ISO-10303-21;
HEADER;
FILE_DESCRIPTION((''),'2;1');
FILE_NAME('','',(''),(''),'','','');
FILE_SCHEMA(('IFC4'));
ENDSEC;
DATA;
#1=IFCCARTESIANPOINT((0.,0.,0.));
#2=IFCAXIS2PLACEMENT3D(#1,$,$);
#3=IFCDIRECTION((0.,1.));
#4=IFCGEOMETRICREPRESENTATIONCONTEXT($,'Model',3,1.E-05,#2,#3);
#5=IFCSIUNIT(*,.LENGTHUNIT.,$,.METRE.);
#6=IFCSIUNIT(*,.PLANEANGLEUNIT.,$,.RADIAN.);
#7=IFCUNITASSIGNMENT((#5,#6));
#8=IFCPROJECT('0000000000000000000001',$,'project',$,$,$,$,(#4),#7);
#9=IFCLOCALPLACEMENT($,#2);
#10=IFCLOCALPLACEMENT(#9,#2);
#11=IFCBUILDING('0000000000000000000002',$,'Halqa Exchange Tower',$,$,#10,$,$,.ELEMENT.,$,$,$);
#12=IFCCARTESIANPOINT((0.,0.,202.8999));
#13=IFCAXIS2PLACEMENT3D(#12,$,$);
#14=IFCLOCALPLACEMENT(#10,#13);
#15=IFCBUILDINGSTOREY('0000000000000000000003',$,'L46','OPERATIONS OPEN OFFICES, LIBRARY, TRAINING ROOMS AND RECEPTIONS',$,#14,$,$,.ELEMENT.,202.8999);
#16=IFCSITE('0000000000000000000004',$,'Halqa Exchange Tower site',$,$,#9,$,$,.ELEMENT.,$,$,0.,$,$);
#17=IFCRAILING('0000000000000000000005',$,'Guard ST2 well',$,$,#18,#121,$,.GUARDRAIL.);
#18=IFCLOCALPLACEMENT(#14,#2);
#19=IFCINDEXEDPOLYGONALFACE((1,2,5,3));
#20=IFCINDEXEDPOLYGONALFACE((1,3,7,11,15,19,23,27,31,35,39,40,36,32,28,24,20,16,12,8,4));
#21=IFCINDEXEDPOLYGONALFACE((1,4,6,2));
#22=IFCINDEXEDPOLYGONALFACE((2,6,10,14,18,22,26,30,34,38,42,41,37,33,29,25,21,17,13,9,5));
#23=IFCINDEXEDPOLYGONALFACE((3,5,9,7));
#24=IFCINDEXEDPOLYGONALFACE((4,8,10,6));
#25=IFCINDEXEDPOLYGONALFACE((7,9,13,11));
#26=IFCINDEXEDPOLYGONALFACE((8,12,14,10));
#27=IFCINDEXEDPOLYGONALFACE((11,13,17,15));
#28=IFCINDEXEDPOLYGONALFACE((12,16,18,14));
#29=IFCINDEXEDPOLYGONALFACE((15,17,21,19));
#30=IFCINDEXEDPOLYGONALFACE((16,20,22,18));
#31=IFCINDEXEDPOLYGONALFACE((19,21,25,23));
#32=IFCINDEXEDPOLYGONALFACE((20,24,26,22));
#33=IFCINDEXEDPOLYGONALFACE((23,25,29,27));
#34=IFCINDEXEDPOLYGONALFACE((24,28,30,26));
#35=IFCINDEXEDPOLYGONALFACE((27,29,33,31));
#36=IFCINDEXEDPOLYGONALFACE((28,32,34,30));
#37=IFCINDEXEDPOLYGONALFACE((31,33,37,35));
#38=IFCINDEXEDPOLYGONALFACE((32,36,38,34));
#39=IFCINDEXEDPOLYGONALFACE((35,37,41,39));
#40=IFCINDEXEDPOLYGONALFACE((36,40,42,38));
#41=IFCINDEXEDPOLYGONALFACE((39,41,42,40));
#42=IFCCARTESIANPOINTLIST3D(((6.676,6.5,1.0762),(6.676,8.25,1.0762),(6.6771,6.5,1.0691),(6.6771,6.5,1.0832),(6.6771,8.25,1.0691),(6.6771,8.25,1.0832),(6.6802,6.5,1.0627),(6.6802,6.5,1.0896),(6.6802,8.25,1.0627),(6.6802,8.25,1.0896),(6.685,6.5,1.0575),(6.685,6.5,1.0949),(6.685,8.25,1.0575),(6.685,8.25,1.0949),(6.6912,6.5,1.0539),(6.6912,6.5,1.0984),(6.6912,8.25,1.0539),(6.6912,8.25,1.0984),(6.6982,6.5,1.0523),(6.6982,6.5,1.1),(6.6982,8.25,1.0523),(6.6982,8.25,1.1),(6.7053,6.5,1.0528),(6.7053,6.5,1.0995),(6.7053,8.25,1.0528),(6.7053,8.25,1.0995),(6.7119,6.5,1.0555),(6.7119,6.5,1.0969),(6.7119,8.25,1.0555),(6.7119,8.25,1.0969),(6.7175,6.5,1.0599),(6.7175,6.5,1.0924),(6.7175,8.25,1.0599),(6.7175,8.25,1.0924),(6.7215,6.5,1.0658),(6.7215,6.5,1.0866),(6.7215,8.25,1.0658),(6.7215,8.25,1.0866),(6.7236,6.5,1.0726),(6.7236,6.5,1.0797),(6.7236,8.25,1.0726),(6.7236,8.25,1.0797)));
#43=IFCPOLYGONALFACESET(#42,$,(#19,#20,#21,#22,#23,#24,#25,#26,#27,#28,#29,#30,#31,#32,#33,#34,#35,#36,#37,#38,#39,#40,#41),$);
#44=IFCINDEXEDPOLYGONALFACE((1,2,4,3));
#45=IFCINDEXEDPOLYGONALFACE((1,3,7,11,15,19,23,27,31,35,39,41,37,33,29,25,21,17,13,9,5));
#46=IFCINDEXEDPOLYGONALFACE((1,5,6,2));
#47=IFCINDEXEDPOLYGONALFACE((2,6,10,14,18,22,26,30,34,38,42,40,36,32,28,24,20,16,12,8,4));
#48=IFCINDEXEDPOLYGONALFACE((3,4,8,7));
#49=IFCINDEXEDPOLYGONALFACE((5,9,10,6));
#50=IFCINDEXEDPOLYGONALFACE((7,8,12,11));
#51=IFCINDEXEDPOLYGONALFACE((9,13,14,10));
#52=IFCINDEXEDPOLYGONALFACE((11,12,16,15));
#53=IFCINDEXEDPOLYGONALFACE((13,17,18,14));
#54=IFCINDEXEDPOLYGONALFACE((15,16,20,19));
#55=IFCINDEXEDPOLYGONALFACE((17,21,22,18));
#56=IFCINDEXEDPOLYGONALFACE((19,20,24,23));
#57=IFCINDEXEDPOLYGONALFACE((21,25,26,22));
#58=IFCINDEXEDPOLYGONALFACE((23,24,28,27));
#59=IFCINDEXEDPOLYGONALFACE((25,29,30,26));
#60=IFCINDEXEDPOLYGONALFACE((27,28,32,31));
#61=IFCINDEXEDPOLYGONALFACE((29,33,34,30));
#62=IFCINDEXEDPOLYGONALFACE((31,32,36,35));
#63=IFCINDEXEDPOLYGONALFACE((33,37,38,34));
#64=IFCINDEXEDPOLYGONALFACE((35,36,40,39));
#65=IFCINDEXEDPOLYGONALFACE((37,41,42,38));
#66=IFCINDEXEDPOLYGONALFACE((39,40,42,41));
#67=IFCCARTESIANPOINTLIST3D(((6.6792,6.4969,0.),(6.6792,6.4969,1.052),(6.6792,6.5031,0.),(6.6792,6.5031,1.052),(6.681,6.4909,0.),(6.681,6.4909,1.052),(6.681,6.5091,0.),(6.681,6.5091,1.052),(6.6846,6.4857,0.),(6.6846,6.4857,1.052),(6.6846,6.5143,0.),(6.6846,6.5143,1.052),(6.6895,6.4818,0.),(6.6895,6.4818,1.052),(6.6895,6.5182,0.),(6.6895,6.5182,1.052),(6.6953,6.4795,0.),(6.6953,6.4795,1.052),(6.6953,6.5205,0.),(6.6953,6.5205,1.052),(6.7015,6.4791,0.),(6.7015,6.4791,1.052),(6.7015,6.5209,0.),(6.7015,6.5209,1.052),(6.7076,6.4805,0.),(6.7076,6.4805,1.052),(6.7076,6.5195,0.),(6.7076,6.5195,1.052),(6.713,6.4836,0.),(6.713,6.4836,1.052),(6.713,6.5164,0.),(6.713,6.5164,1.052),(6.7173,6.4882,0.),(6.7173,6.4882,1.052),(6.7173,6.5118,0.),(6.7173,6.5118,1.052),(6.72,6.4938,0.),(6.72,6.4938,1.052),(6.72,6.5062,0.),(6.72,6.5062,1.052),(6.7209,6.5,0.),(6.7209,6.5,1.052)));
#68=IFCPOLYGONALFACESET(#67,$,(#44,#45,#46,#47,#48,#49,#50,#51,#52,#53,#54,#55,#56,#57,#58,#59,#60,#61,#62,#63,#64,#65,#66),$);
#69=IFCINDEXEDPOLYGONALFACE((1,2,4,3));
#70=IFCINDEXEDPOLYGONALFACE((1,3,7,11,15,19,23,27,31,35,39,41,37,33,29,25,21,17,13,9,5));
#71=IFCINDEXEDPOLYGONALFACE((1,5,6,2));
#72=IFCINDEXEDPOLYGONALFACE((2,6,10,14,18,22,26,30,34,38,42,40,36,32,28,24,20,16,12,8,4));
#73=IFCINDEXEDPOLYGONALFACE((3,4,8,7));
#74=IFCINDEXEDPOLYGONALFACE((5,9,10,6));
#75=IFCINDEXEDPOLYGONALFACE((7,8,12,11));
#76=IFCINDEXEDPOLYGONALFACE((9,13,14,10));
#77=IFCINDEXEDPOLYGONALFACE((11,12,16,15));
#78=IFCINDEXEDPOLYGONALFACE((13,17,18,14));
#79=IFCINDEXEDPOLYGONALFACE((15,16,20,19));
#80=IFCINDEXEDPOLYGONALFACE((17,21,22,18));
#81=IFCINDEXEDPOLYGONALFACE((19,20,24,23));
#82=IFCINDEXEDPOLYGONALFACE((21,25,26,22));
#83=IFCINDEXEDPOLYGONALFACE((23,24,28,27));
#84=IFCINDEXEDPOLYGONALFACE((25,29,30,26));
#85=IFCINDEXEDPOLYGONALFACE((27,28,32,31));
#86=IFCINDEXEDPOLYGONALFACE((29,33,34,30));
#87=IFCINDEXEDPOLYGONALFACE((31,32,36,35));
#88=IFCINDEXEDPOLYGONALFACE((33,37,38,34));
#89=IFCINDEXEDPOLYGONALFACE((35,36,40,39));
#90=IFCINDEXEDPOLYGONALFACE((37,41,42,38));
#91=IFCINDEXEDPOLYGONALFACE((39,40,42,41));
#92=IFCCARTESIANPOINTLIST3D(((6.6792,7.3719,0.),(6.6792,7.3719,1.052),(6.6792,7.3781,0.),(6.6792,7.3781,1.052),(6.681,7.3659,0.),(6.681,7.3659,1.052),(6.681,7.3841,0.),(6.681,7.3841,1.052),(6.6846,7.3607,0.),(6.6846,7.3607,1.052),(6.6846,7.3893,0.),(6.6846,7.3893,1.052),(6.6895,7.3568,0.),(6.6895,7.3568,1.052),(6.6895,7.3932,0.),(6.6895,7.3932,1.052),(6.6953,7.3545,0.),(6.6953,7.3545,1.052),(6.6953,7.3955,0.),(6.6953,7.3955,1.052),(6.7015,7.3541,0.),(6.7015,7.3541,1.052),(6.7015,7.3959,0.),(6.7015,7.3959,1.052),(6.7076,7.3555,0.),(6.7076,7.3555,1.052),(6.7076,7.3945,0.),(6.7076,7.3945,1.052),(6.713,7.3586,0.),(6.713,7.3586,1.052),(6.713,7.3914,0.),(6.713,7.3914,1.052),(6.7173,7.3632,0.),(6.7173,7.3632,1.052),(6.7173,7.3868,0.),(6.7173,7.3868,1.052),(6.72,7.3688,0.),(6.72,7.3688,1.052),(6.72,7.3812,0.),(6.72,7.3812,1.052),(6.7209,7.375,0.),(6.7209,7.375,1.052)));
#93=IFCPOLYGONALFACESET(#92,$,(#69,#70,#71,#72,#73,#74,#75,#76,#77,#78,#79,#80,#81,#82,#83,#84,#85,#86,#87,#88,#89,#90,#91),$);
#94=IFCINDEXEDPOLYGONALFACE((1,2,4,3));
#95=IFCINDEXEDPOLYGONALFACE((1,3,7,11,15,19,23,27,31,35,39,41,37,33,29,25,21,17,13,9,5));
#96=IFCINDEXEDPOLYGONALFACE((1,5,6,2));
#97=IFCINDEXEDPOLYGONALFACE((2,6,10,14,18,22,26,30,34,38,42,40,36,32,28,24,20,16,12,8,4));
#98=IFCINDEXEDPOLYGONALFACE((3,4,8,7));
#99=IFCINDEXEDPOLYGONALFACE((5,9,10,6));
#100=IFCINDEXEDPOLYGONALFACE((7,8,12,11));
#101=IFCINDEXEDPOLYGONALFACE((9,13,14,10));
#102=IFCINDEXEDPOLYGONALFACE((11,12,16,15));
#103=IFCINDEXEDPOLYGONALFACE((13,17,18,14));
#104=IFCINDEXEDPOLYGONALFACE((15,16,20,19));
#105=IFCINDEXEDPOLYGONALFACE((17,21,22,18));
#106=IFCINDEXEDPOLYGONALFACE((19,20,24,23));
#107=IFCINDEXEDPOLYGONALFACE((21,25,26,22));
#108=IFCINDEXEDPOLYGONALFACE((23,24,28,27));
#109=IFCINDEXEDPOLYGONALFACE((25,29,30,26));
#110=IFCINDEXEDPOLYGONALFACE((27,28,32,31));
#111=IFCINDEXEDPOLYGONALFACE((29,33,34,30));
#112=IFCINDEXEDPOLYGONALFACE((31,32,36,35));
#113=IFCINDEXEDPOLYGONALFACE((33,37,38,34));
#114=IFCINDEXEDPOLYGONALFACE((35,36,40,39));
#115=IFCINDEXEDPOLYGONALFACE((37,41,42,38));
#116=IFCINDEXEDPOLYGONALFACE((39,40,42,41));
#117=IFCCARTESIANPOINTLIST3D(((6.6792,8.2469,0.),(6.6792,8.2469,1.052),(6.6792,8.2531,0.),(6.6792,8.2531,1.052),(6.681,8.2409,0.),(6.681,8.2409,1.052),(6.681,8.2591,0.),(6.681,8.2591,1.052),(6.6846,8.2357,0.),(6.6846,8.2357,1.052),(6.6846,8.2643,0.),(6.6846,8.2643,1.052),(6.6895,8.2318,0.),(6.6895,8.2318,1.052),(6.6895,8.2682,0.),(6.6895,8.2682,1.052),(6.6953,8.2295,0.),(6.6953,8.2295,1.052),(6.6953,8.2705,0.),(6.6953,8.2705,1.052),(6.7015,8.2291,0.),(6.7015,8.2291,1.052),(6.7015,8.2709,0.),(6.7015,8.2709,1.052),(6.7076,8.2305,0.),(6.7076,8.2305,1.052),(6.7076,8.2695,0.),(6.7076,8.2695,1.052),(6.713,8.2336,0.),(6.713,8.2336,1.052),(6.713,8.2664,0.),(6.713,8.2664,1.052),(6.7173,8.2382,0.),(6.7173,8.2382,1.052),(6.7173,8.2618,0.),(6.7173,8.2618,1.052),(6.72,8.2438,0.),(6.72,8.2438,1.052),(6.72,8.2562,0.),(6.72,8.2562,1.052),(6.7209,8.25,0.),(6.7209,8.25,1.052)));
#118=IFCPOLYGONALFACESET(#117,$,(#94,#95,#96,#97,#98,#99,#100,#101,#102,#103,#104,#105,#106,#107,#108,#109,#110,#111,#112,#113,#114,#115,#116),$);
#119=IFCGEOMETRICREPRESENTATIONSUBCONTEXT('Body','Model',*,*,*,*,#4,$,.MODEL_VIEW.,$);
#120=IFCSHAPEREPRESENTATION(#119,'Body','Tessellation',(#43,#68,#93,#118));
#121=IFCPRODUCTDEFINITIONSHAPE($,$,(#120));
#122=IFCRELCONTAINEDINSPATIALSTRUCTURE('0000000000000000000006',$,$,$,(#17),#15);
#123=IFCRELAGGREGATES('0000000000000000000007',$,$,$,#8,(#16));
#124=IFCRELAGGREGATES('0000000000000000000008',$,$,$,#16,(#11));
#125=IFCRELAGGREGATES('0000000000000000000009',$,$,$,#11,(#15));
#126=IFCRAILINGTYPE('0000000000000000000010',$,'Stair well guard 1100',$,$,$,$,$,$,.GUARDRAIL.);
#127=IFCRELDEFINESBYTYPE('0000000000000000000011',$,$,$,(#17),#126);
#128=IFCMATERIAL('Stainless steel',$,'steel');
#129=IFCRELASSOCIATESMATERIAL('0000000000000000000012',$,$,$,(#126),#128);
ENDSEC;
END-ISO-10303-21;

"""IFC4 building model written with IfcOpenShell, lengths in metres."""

from ifc_helpers import new_model, si_unit, direction, frame, origin, origin_2d, place, context, subcontext, project, spatial, circle, extrude, material, type_object, element, save


model = new_model("IFC4")

# Units and contexts
model_context = context("Model", 3, precision=1e-05, world=origin(), true_north=direction((0.0, 1.0)))
body_context = subcontext(model_context, "Body", "Model", "MODEL_VIEW")
ifc_project = project(units=[si_unit("LENGTHUNIT", "METRE"), si_unit("PLANEANGLEUNIT", "RADIAN")], contexts=[model_context])

# Site, building, storey
site_placement = place(None, origin())
site = spatial("IfcSite", under=ifc_project, at=site_placement, Name="Halqa Exchange Tower site", CompositionType="ELEMENT", RefElevation=0.0)
building_placement = place(site_placement, origin())
building = spatial("IfcBuilding", under=site, at=building_placement, Name="Halqa Exchange Tower", CompositionType="ELEMENT")
storey_placement = place(building_placement, frame((0.0, 0.0, 202.8999)))
storey = spatial("IfcBuildingStorey", under=building, at=storey_placement, Name="L46", Description="OPERATIONS OPEN OFFICES, LIBRARY, TRAINING ROOMS AND RECEPTIONS", CompositionType="ELEMENT", Elevation=202.8999)

# Railing
ifc_material_1 = material(Name="Stainless steel", Category="steel")
railing_type_1 = type_object("IfcRailingType", Name="Stair well guard 1100", PredefinedType="GUARDRAIL", material=ifc_material_1)
railing_1_placement = place(storey_placement, frame((6.7, 6.5, 0.0)))
element("IfcRailing", 1, at=railing_1_placement, inside=storey, type_object=railing_type_1, Name="Guard ST2 well", PredefinedType="GUARDRAIL", context=body_context, shape_type="SweptSolid", body=[
    extrude(circle(Radius=0.0239, at=origin_2d()), frame((0.0, 0.0, 1.0762), z_axis=(0.0, 1.0, 0.0), x_axis=(-1.0, 0.0, 0.0)), (0.0, 0.0, 1.0), 1.75),
    extrude(circle(Radius=0.021, at=origin_2d()), origin(), (0.0, 0.0, 1.0), 1.052),
    extrude(circle(Radius=0.021, at=origin_2d()), frame((0.0, 0.875, 0.0)), (0.0, 0.0, 1.0), 1.052),
    extrude(circle(Radius=0.021, at=origin_2d()), frame((0.0, 1.75, 0.0)), (0.0, 0.0, 1.0), 1.052),
])

save(model, "model.ifc")
